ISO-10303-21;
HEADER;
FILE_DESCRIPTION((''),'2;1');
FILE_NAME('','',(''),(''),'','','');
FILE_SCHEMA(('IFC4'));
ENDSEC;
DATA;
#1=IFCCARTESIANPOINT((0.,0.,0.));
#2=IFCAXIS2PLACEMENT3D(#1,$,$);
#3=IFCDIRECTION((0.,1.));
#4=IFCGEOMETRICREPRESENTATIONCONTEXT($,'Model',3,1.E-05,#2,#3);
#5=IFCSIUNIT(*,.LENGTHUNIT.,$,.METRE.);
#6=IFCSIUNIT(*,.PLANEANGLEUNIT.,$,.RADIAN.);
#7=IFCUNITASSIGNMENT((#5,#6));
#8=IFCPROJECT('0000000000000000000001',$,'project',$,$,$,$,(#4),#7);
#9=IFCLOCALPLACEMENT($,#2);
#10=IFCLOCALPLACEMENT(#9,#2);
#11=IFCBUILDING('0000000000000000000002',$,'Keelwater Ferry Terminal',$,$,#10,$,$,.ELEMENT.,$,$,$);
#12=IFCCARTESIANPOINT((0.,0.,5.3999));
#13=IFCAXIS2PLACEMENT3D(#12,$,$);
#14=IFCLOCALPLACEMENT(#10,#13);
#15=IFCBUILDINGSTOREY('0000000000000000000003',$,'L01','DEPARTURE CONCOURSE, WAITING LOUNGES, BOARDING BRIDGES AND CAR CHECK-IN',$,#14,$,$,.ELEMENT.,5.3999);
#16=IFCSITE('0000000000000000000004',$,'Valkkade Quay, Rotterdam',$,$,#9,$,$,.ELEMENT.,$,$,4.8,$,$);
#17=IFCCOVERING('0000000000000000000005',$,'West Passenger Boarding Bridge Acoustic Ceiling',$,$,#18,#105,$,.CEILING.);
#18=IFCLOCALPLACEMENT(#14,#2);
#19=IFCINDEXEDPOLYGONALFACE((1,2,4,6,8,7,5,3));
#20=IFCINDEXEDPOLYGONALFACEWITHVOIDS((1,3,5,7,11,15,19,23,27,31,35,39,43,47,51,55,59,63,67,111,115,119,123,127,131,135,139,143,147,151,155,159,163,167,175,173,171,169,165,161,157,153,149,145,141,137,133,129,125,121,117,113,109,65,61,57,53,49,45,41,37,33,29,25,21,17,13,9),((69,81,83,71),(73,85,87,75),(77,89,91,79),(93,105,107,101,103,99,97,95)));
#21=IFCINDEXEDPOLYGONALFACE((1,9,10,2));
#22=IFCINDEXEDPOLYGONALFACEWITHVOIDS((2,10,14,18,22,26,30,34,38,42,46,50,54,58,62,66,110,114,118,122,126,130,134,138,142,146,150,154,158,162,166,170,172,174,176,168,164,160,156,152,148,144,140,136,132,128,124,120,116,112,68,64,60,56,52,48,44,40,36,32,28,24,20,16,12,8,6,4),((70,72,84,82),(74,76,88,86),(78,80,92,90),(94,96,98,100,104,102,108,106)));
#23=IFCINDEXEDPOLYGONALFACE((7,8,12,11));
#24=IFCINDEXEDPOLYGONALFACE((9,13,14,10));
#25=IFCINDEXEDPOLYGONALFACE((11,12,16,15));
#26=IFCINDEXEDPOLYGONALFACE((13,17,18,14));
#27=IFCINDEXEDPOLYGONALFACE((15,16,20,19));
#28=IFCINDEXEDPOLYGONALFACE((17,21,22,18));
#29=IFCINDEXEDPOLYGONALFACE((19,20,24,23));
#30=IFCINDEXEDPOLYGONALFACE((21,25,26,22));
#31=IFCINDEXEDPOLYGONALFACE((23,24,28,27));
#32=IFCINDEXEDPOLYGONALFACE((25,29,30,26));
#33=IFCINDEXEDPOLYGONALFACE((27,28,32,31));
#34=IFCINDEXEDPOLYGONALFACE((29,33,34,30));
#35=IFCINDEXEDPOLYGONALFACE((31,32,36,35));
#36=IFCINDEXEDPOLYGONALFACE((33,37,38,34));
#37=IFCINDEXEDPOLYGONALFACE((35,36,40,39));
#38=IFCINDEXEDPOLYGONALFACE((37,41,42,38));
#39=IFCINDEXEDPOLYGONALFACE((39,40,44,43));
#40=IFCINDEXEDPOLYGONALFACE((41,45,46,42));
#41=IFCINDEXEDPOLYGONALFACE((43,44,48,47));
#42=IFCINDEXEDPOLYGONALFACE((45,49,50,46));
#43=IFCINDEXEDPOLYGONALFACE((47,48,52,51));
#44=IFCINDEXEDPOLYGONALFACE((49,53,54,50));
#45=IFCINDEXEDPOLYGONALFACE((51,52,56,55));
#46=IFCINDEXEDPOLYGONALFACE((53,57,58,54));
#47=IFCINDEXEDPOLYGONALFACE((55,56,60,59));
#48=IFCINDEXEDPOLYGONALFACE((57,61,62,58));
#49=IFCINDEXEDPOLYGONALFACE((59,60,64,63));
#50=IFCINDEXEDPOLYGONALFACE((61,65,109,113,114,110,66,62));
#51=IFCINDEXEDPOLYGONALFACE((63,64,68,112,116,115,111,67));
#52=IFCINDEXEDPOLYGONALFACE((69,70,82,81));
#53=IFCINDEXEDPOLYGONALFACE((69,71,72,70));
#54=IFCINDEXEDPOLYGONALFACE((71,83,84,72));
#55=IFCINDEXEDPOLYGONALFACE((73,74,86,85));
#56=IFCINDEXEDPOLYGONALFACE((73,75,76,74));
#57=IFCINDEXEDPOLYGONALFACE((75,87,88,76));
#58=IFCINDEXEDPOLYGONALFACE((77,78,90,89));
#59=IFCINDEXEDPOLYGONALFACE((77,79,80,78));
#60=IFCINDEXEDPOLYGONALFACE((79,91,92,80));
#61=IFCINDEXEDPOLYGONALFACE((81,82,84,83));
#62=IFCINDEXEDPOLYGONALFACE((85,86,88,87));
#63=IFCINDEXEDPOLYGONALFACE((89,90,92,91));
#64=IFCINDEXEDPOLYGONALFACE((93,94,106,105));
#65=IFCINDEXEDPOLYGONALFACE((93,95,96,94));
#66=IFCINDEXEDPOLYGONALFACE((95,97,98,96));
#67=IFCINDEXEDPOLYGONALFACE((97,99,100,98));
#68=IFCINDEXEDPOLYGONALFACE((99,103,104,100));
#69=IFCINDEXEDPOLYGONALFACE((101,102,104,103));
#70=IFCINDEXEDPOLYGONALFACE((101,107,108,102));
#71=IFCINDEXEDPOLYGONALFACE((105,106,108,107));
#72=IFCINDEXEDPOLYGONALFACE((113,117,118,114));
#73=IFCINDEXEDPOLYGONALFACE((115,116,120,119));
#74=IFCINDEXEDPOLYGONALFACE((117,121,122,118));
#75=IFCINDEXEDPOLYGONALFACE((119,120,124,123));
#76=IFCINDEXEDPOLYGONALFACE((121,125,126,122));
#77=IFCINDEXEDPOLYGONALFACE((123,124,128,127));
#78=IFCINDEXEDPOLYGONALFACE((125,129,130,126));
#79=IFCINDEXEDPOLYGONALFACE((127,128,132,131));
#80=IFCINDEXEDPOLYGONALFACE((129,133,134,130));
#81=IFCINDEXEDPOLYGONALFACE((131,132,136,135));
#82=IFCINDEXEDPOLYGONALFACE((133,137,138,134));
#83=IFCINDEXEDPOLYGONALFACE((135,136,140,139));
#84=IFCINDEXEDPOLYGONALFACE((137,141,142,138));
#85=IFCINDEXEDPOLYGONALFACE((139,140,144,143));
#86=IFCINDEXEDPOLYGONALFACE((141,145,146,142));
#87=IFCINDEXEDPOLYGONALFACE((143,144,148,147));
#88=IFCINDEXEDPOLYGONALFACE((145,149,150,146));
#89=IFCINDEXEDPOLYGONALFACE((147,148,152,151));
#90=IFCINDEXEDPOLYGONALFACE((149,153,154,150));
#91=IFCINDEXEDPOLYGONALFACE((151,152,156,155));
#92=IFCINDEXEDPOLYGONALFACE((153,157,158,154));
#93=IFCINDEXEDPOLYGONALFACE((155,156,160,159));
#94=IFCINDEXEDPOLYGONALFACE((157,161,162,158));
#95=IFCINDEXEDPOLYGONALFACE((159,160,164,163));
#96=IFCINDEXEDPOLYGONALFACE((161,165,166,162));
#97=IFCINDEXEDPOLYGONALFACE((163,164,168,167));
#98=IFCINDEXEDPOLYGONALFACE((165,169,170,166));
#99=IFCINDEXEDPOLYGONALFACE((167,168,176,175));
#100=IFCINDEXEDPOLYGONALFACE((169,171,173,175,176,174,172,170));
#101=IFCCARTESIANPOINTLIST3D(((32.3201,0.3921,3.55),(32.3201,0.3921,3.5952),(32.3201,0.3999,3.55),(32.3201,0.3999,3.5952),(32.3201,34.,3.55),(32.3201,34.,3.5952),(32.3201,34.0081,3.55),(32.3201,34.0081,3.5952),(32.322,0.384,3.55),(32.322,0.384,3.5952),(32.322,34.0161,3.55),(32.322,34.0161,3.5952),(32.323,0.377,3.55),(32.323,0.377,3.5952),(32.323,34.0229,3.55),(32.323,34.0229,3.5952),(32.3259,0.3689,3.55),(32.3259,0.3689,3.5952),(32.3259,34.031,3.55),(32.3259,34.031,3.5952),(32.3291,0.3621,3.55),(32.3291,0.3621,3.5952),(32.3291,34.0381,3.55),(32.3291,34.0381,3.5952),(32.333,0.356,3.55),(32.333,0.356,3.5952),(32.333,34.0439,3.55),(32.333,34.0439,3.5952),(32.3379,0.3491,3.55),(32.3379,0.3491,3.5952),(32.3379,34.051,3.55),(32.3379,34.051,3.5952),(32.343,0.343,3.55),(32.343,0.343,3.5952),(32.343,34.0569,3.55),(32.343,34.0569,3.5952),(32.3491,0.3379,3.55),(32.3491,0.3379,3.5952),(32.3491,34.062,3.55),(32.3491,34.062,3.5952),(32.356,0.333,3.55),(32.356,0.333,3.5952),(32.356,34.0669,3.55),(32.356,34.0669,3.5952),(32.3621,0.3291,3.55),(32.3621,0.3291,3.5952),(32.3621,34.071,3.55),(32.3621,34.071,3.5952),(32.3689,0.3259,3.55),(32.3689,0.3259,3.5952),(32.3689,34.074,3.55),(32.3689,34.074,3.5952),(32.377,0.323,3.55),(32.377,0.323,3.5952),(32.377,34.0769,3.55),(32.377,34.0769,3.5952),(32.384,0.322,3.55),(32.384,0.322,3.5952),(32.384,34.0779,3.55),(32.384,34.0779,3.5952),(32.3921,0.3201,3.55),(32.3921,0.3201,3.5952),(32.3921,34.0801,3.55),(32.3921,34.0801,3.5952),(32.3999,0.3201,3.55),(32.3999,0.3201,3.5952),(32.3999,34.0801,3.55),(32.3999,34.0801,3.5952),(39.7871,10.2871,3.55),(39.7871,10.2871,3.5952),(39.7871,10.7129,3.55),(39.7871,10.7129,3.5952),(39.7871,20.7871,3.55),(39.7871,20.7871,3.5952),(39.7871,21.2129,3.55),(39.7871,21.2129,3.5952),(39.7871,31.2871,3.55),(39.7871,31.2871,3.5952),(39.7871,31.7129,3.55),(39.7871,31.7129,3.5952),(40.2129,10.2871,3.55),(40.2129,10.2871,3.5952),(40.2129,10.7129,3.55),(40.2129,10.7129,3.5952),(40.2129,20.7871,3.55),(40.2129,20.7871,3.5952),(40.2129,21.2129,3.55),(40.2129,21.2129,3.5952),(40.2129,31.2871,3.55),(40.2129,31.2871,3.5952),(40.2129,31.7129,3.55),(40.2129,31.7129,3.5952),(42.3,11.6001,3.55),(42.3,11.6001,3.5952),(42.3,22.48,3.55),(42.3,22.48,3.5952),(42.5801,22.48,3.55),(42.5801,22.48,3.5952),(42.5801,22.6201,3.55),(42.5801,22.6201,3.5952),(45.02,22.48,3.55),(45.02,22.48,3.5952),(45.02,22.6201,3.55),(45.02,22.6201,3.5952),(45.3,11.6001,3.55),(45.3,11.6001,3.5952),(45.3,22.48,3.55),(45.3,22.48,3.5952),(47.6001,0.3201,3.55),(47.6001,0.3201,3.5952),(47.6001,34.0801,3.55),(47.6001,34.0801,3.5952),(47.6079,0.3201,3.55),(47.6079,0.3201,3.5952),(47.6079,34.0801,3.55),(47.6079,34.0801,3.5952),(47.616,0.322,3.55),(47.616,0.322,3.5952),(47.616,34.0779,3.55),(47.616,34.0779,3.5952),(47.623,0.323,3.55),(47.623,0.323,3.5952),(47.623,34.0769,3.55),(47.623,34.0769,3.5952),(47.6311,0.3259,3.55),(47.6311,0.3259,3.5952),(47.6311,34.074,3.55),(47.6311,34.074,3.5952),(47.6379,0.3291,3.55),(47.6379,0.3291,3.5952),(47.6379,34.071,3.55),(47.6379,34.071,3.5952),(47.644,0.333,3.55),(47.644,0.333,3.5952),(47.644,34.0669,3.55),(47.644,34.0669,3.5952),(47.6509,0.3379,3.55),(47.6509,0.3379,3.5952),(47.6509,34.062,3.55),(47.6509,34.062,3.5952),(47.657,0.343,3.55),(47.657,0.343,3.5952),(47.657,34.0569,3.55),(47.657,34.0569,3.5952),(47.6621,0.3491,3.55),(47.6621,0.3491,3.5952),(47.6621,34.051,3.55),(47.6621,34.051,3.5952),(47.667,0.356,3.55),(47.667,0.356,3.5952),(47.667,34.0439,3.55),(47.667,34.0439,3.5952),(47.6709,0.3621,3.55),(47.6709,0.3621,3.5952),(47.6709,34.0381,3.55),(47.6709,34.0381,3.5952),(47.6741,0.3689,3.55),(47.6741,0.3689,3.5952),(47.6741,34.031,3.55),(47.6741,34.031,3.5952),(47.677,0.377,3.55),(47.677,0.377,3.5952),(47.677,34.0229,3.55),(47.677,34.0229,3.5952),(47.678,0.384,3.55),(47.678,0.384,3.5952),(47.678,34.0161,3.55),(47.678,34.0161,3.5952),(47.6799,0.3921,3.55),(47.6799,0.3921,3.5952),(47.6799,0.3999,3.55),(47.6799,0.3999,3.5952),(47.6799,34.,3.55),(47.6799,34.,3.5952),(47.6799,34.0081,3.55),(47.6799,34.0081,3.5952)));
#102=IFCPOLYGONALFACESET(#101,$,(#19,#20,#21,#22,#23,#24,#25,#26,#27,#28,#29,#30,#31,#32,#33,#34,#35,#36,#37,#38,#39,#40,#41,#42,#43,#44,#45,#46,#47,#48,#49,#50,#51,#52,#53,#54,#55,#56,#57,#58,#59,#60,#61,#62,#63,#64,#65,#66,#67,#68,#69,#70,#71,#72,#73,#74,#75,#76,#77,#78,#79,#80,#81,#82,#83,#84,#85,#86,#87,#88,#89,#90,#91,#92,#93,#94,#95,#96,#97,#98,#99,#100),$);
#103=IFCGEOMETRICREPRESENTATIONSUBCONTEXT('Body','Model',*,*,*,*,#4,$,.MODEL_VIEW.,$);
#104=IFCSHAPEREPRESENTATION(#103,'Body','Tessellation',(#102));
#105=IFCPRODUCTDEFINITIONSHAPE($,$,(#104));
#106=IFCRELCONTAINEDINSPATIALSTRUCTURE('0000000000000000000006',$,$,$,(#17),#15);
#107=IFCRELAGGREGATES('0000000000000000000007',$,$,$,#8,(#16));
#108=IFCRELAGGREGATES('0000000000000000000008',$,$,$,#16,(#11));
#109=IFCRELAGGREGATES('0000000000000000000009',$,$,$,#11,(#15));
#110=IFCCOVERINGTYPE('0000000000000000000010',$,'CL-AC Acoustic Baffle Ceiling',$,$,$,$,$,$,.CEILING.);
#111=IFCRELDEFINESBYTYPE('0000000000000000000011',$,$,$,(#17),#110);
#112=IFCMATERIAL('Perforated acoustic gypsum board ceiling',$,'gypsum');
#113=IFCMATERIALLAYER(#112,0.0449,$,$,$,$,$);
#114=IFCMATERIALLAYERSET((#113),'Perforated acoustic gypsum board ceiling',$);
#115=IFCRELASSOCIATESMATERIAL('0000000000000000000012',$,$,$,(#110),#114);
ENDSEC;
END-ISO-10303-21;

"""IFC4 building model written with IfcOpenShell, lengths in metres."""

from ifc_helpers import new_model, si_unit, direction, frame, origin, place, context, subcontext, project, spatial, polyline, outline, extrude, material, layer, layer_set, type_object, element, save


model = new_model("IFC4")

# Units and contexts
model_context = context("Model", 3, precision=1e-05, world=origin(), true_north=direction((0.0, 1.0)))
body_context = subcontext(model_context, "Body", "Model", "MODEL_VIEW")
ifc_project = project(units=[si_unit("LENGTHUNIT", "METRE"), si_unit("PLANEANGLEUNIT", "RADIAN")], contexts=[model_context])

# Site, building, storey
site_placement = place(None, origin())
site = spatial("IfcSite", under=ifc_project, at=site_placement, Name="Valkkade Quay, Rotterdam", CompositionType="ELEMENT", RefElevation=4.8)
building_placement = place(site_placement, origin())
building = spatial("IfcBuilding", under=site, at=building_placement, Name="Keelwater Ferry Terminal", CompositionType="ELEMENT")
storey_placement = place(building_placement, frame((0.0, 0.0, 5.3999)))
storey = spatial("IfcBuildingStorey", under=building, at=storey_placement, Name="L01", Description="DEPARTURE CONCOURSE, WAITING LOUNGES, BOARDING BRIDGES AND CAR CHECK-IN", CompositionType="ELEMENT", Elevation=5.3999)

# Covering
ifc_material_1 = material(Name="Perforated acoustic gypsum board ceiling", Category="gypsum")
ifc_layer_1 = layer(ifc_material_1, 0.0449)
ifc_layer_set_1 = layer_set([ifc_layer_1], Name="Perforated acoustic gypsum board ceiling")
covering_type_1 = type_object("IfcCoveringType", Name="CL-AC Acoustic Baffle Ceiling", PredefinedType="CEILING", material=ifc_layer_set_1)
covering_1_placement = place(storey_placement, frame((0.0, 0.0, 3.55)))
element("IfcCovering", 1, at=covering_1_placement, inside=storey, type_object=covering_type_1, Name="West Passenger Boarding Bridge Acoustic Ceiling", PredefinedType="CEILING", context=body_context, shape_type="SweptSolid", body=[
    extrude(outline(polyline([(47.616, 34.0779), (47.623, 34.0769), (47.6311, 34.074), (47.6379, 34.071), (47.644, 34.0669), (47.6509, 34.062), (47.657, 34.0569), (47.6621, 34.051), (47.667, 34.0439), (47.6709, 34.0381), (47.6741, 34.031), (47.677, 34.0229), (47.678, 34.0161), (47.6799, 34.0081), (47.6799, 34.0), (47.6799, 0.3999), (47.6799, 0.3921), (47.678, 0.384), (47.677, 0.377), (47.6741, 0.3689), (47.6709, 0.3621), (47.667, 0.356), (47.6621, 0.3491), (47.657, 0.343), (47.6509, 0.3379), (47.644, 0.333), (47.6379, 0.3291), (47.6311, 0.3259), (47.623, 0.323), (47.616, 0.322), (47.6079, 0.3201), (47.6001, 0.3201), (32.3999, 0.3201), (32.3921, 0.3201), (32.384, 0.322), (32.377, 0.323), (32.3689, 0.3259), (32.3621, 0.3291), (32.356, 0.333), (32.3491, 0.3379), (32.343, 0.343), (32.3379, 0.3491), (32.333, 0.356), (32.3291, 0.3621), (32.3259, 0.3689), (32.323, 0.377), (32.322, 0.384), (32.3201, 0.3921), (32.3201, 0.3999), (32.3201, 34.0), (32.3201, 34.0081), (32.322, 34.0161), (32.323, 34.0229), (32.3259, 34.031), (32.3291, 34.0381), (32.333, 34.0439), (32.3379, 34.051), (32.343, 34.0569), (32.3491, 34.062), (32.356, 34.0669), (32.3621, 34.071), (32.3689, 34.074), (32.377, 34.0769), (32.384, 34.0779), (32.3921, 34.0801), (32.3999, 34.0801), (47.6001, 34.0801), (47.6079, 34.0801), (47.616, 34.0779)]), holes=[polyline([(42.5801, 22.6201), (42.5801, 22.48), (42.3, 22.48), (42.3, 11.6001), (45.3, 11.6001), (45.3, 22.48), (45.02, 22.48), (45.02, 22.6201), (42.5801, 22.6201)]), polyline([(39.7871, 10.7129), (39.7871, 10.2871), (40.2129, 10.2871), (40.2129, 10.7129), (39.7871, 10.7129)]), polyline([(39.7871, 21.2129), (39.7871, 20.7871), (40.2129, 20.7871), (40.2129, 21.2129), (39.7871, 21.2129)]), polyline([(40.2129, 31.7129), (39.7871, 31.7129), (39.7871, 31.2871), (40.2129, 31.2871), (40.2129, 31.7129)])]), origin(), (0.0, 0.0, 1.0), 0.0452),
])

save(model, "model.ifc")
